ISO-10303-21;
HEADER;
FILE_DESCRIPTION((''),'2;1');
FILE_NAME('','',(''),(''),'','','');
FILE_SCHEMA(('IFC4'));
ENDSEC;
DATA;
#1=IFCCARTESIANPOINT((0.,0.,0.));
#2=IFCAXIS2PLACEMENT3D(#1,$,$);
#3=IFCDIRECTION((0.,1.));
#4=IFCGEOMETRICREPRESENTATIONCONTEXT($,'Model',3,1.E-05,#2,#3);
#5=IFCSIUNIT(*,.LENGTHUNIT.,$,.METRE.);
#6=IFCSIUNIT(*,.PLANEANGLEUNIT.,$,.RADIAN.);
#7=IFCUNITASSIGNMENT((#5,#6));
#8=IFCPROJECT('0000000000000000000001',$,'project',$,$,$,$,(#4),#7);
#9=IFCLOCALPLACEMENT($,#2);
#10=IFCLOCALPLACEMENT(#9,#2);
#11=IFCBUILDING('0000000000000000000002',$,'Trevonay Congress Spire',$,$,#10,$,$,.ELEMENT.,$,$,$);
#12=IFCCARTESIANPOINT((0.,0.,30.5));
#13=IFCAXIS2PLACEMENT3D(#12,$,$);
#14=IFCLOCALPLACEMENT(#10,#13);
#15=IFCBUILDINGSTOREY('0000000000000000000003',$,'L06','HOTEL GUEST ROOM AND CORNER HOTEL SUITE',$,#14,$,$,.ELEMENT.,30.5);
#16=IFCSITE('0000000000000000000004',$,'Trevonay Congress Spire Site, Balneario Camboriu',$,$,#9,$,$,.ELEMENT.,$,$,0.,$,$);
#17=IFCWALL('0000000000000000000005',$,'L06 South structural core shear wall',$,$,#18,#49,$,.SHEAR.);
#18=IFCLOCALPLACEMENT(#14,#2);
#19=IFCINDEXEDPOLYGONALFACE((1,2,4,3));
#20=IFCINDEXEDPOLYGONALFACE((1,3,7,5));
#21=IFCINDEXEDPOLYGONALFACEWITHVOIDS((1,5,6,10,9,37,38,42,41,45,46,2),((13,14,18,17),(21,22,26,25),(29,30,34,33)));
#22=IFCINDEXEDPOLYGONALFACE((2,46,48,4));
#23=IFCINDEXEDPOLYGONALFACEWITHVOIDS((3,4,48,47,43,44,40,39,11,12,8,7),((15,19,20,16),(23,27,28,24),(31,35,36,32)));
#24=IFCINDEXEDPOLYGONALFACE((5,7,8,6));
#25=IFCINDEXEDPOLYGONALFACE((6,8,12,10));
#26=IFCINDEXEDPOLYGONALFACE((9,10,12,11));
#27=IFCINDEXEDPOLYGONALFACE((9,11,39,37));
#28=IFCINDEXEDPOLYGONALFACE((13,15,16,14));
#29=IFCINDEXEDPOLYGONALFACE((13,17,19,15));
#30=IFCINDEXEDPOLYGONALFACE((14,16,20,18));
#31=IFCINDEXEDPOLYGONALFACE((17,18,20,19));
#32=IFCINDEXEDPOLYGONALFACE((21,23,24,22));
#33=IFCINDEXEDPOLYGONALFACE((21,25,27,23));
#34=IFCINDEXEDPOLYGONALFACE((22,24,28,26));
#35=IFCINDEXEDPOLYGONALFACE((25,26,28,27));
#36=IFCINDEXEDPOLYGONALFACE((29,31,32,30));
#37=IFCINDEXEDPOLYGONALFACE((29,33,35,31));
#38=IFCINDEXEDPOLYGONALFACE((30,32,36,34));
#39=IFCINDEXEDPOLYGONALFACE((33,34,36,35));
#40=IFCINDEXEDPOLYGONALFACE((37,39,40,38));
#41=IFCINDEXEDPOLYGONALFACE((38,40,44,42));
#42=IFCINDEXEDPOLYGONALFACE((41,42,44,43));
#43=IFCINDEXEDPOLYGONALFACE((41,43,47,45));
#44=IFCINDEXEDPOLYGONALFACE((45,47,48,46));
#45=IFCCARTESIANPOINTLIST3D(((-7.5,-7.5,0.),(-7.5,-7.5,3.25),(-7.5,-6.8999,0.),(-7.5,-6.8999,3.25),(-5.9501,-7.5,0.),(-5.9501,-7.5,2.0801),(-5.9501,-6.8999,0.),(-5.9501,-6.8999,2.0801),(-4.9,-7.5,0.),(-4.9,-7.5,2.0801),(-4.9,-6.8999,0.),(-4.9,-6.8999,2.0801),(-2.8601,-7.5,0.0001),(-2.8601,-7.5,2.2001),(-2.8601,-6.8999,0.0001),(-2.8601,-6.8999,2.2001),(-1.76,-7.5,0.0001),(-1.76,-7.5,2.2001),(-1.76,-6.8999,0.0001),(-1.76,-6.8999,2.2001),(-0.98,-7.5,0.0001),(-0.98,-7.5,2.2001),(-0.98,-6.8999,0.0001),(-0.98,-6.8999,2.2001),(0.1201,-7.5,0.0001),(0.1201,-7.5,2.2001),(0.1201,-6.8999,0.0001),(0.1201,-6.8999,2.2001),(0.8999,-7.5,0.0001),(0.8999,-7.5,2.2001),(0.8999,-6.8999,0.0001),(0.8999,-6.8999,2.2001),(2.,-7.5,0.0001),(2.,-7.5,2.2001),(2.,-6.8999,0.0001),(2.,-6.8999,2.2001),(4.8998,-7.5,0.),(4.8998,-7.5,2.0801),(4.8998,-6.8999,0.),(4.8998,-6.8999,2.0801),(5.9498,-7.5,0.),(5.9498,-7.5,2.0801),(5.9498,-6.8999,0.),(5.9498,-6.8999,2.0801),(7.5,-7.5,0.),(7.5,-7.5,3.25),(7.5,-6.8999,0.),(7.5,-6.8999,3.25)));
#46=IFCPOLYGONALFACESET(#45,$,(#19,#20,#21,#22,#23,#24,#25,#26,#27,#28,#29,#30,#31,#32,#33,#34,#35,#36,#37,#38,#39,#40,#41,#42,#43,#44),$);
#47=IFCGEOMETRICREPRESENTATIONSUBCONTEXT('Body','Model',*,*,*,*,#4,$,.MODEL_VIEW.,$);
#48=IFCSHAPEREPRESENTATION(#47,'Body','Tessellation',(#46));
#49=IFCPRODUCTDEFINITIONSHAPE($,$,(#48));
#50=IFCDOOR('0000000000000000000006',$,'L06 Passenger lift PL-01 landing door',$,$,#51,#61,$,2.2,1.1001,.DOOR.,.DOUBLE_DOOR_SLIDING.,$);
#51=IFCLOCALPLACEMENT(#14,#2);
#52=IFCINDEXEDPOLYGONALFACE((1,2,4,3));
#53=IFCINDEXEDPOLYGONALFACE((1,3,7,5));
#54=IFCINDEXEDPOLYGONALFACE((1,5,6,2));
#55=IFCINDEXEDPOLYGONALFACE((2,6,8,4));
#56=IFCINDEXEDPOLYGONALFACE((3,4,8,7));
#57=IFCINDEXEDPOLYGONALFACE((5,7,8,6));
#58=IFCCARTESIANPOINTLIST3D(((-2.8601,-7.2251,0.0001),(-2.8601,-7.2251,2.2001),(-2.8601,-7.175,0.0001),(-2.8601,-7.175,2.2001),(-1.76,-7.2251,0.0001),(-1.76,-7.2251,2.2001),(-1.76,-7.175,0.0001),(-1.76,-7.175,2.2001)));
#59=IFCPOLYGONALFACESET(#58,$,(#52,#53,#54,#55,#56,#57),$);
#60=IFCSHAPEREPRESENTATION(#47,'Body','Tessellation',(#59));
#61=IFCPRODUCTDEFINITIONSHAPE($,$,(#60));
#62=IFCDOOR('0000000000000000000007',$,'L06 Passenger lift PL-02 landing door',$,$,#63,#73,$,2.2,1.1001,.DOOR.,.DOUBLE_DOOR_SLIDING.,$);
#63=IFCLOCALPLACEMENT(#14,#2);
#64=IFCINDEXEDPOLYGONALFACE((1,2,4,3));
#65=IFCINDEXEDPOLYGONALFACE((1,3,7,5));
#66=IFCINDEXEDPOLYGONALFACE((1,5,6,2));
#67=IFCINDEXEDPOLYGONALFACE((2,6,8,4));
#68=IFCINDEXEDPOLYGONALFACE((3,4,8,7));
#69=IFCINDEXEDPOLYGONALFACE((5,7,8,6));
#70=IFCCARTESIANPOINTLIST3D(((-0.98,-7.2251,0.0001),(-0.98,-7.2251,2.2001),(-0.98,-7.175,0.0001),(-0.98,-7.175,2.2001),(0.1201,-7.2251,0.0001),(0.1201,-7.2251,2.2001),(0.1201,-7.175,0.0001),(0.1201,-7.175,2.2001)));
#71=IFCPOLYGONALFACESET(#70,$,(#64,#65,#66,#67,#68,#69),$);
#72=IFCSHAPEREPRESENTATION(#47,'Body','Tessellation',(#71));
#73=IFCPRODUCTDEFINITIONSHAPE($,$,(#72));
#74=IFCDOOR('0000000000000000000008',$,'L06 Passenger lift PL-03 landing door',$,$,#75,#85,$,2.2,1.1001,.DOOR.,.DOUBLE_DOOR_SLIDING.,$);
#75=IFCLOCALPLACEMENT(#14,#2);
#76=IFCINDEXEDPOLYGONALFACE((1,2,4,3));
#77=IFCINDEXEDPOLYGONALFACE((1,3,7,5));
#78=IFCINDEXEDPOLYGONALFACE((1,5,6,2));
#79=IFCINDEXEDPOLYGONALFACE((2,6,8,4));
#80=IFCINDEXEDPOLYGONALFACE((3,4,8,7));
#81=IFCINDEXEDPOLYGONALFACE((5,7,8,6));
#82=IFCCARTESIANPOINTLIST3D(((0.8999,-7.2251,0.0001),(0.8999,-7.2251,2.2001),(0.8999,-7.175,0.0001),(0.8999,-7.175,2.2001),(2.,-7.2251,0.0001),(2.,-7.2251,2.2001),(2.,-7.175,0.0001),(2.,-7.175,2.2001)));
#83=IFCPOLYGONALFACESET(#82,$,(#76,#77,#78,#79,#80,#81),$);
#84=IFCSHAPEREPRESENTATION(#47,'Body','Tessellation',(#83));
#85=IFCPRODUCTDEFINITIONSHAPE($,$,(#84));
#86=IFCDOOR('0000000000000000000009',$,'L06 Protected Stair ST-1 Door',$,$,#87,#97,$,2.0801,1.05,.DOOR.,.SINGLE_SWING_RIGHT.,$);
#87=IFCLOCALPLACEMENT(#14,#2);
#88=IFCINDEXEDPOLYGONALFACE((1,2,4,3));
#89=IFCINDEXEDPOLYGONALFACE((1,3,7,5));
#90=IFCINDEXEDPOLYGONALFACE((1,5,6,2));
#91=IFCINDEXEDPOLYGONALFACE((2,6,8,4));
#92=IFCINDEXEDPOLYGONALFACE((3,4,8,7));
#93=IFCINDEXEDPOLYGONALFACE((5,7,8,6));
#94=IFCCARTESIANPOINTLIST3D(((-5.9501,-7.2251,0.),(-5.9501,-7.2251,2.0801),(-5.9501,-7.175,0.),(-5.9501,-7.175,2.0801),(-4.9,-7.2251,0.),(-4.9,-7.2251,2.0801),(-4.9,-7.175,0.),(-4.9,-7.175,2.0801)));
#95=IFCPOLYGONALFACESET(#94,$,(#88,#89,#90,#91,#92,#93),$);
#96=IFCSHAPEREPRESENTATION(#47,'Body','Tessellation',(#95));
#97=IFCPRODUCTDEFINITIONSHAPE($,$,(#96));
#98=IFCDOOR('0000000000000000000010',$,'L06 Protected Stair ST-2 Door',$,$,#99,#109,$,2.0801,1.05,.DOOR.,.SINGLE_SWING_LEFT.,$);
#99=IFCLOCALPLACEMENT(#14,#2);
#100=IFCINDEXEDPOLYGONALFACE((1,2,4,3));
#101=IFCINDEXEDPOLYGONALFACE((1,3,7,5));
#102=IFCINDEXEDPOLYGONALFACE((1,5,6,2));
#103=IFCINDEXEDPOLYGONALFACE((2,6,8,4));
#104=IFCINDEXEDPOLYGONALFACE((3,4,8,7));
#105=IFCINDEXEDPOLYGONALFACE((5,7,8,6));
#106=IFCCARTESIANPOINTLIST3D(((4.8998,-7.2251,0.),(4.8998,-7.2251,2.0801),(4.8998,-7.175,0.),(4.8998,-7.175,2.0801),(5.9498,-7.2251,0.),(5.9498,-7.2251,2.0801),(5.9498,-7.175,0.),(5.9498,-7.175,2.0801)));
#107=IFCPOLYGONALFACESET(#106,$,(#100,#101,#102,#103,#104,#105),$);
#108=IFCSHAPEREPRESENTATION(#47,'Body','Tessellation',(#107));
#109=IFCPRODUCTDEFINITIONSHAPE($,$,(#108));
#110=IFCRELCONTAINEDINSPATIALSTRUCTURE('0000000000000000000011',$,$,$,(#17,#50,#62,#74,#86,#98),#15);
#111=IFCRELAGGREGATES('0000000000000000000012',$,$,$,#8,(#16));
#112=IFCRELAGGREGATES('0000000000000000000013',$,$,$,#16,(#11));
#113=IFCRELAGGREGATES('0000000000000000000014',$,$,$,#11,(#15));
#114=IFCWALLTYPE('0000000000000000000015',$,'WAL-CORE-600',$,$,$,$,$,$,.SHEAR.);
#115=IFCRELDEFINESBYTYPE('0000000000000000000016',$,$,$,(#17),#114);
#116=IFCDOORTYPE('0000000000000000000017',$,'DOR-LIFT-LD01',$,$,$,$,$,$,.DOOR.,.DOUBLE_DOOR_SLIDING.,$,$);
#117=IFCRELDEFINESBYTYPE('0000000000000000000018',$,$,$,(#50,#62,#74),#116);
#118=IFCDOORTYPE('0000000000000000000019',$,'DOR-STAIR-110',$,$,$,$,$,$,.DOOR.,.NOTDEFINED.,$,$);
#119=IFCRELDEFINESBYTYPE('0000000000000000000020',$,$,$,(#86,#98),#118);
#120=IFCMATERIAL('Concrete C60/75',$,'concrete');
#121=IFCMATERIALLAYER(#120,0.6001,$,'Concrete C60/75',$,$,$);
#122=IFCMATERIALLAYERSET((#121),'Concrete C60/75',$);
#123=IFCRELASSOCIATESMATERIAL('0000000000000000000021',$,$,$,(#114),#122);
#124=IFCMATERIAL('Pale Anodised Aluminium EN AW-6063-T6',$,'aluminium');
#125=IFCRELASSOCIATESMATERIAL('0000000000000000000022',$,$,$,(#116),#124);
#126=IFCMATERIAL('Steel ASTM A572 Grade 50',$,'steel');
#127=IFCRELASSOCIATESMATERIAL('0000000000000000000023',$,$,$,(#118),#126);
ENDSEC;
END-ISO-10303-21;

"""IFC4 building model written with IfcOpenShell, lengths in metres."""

from ifc_helpers import new_model, si_unit, direction, frame, frame_2d, origin, place, context, subcontext, project, spatial, rectangle, extrude, material, layer, layer_set, type_object, element, fill, save


model = new_model("IFC4")

# Units and contexts
model_context = context("Model", 3, precision=1e-05, world=origin(), true_north=direction((0.0, 1.0)))
body_context = subcontext(model_context, "Body", "Model", "MODEL_VIEW")
ifc_project = project(units=[si_unit("LENGTHUNIT", "METRE"), si_unit("PLANEANGLEUNIT", "RADIAN")], contexts=[model_context])

# Site, building, storey
site_placement = place(None, origin())
site = spatial("IfcSite", under=ifc_project, at=site_placement, Name="Trevonay Congress Spire Site, Balneario Camboriu", CompositionType="ELEMENT", RefElevation=0.0)
building_placement = place(site_placement, origin())
building = spatial("IfcBuilding", under=site, at=building_placement, Name="Trevonay Congress Spire", CompositionType="ELEMENT")
storey_placement = place(building_placement, frame((0.0, 0.0, 30.5)))
storey = spatial("IfcBuildingStorey", under=building, at=storey_placement, Name="L06", Description="HOTEL GUEST ROOM AND CORNER HOTEL SUITE", CompositionType="ELEMENT", Elevation=30.5)

# Shared definitions
ifc_material_1 = material(Name="Steel ASTM A572 Grade 50", Category="steel")

# Wall, openings, doors
ifc_material_2 = material(Name="Concrete C60/75", Category="concrete")
ifc_layer_1 = layer(ifc_material_2, 0.6001, Name="Concrete C60/75")
ifc_layer_set_1 = layer_set([ifc_layer_1], Name="Concrete C60/75")
wall_type_1 = type_object("IfcWallType", Name="WAL-CORE-600", PredefinedType="SHEAR", material=ifc_layer_set_1)
wall_1_placement = place(storey_placement, frame((-7.5, -7.2, 0.0), z_axis=(0.0, 0.0, 1.0), x_axis=(1.0, 0.0, 0.0)))
wall_1 = element("IfcWall", 1, at=wall_1_placement, inside=storey, type_object=wall_type_1, Name="L06 South structural core shear wall", PredefinedType="SHEAR", context=body_context, shape_type="SweptSolid", body=[
    extrude(rectangle(XDim=15.0, YDim=0.6001, at=frame_2d((7.5, 0.0))), origin(), (0.0, 0.0, 1.0), 3.25),
])
opening_1_placement = place(wall_1_placement, frame((1.55, 0.0, 0.0)))
opening_1 = element("IfcOpeningElement", 2, at=opening_1_placement, cuts=wall_1, PredefinedType="OPENING", context=body_context, shape_type="SweptSolid", body=[
    extrude(rectangle(XDim=1.05, YDim=2.0801, at=frame_2d((0.5249, 1.04))), frame((0.0, 0.3101, 0.0), z_axis=(0.0, -1.0, 0.0), x_axis=(1.0, 0.0, 0.0)), (0.0, 0.0, 1.0), 0.6201),
])
opening_2_placement = place(wall_1_placement, frame((12.3999, 0.0, 0.0)))
opening_2 = element("IfcOpeningElement", 3, at=opening_2_placement, cuts=wall_1, PredefinedType="OPENING", context=body_context, shape_type="SweptSolid", body=[
    extrude(rectangle(XDim=1.05, YDim=2.0801, at=frame_2d((0.5249, 1.04))), frame((0.0, 0.3101, 0.0), z_axis=(0.0, -1.0, 0.0), x_axis=(1.0, 0.0, 0.0)), (0.0, 0.0, 1.0), 0.6201),
])
opening_3_placement = place(wall_1_placement, frame((4.6399, 0.0, 0.0)))
opening_3 = element("IfcOpeningElement", 4, at=opening_3_placement, cuts=wall_1, PredefinedType="OPENING", context=body_context, shape_type="SweptSolid", body=[
    extrude(rectangle(XDim=1.1001, YDim=2.2, at=frame_2d((0.55, 1.1001))), frame((0.0, 0.3101, 0.0), z_axis=(0.0, -1.0, 0.0), x_axis=(1.0, 0.0, 0.0)), (0.0, 0.0, 1.0), 0.6201),
])
opening_4_placement = place(wall_1_placement, frame((6.52, 0.0, 0.0)))
opening_4 = element("IfcOpeningElement", 5, at=opening_4_placement, cuts=wall_1, PredefinedType="OPENING", context=body_context, shape_type="SweptSolid", body=[
    extrude(rectangle(XDim=1.1001, YDim=2.2, at=frame_2d((0.55, 1.1001))), frame((0.0, 0.3101, 0.0), z_axis=(0.0, -1.0, 0.0), x_axis=(1.0, 0.0, 0.0)), (0.0, 0.0, 1.0), 0.6201),
])
opening_5_placement = place(wall_1_placement, frame((8.3999, 0.0, 0.0)))
opening_5 = element("IfcOpeningElement", 6, at=opening_5_placement, cuts=wall_1, PredefinedType="OPENING", context=body_context, shape_type="SweptSolid", body=[
    extrude(rectangle(XDim=1.1001, YDim=2.2, at=frame_2d((0.55, 1.1001))), frame((0.0, 0.3101, 0.0), z_axis=(0.0, -1.0, 0.0), x_axis=(1.0, 0.0, 0.0)), (0.0, 0.0, 1.0), 0.6201),
])
ifc_material_3 = material(Name="Pale Anodised Aluminium EN AW-6063-T6", Category="aluminium")
door_type_1 = type_object("IfcDoorType", Name="DOR-LIFT-LD01", OperationType="DOUBLE_DOOR_SLIDING", PredefinedType="DOOR", material=ifc_material_3)
door_1_placement = place(opening_3_placement, origin())
door_1 = element("IfcDoor", 7, at=door_1_placement, inside=storey, type_object=door_type_1, Name="L06 Passenger lift PL-01 landing door", OperationType="DOUBLE_DOOR_SLIDING", OverallHeight=2.2, OverallWidth=1.1001, PredefinedType="DOOR", context=body_context, shape_type="SweptSolid", body=[
    extrude(rectangle(XDim=1.1001, YDim=2.2, at=frame_2d((0.55, 1.1001))), frame((0.0, 0.0249, 0.0), z_axis=(0.0, -1.0, 0.0), x_axis=(1.0, 0.0, 0.0)), (0.0, 0.0, 1.0), 0.05),
])
fill(opening_3, door_1)
door_2_placement = place(opening_4_placement, origin())
door_2 = element("IfcDoor", 8, at=door_2_placement, inside=storey, type_object=door_type_1, Name="L06 Passenger lift PL-02 landing door", OperationType="DOUBLE_DOOR_SLIDING", OverallHeight=2.2, OverallWidth=1.1001, PredefinedType="DOOR", context=body_context, shape_type="SweptSolid", body=[
    extrude(rectangle(XDim=1.1001, YDim=2.2, at=frame_2d((0.55, 1.1001))), frame((0.0, 0.0249, 0.0), z_axis=(0.0, -1.0, 0.0), x_axis=(1.0, 0.0, 0.0)), (0.0, 0.0, 1.0), 0.05),
])
fill(opening_4, door_2)
door_3_placement = place(opening_5_placement, origin())
door_3 = element("IfcDoor", 9, at=door_3_placement, inside=storey, type_object=door_type_1, Name="L06 Passenger lift PL-03 landing door", OperationType="DOUBLE_DOOR_SLIDING", OverallHeight=2.2, OverallWidth=1.1001, PredefinedType="DOOR", context=body_context, shape_type="SweptSolid", body=[
    extrude(rectangle(XDim=1.1001, YDim=2.2, at=frame_2d((0.55, 1.1001))), frame((0.0, 0.0249, 0.0), z_axis=(0.0, -1.0, 0.0), x_axis=(1.0, 0.0, 0.0)), (0.0, 0.0, 1.0), 0.05),
])
fill(opening_5, door_3)
door_type_2 = type_object("IfcDoorType", Name="DOR-STAIR-110", OperationType="NOTDEFINED", PredefinedType="DOOR", material=ifc_material_1)
door_4_placement = place(opening_1_placement, origin())
door_4 = element("IfcDoor", 10, at=door_4_placement, inside=storey, type_object=door_type_2, Name="L06 Protected Stair ST-1 Door", OperationType="SINGLE_SWING_RIGHT", OverallHeight=2.0801, OverallWidth=1.05, PredefinedType="DOOR", context=body_context, shape_type="SweptSolid", body=[
    extrude(rectangle(XDim=1.05, YDim=2.0801, at=frame_2d((0.5249, 1.04))), frame((0.0, 0.0249, 0.0), z_axis=(0.0, -1.0, 0.0), x_axis=(1.0, 0.0, 0.0)), (0.0, 0.0, 1.0), 0.05),
])
fill(opening_1, door_4)
door_5_placement = place(opening_2_placement, origin())
door_5 = element("IfcDoor", 11, at=door_5_placement, inside=storey, type_object=door_type_2, Name="L06 Protected Stair ST-2 Door", OperationType="SINGLE_SWING_LEFT", OverallHeight=2.0801, OverallWidth=1.05, PredefinedType="DOOR", context=body_context, shape_type="SweptSolid", body=[
    extrude(rectangle(XDim=1.05, YDim=2.0801, at=frame_2d((0.5249, 1.04))), frame((0.0, 0.0249, 0.0), z_axis=(0.0, -1.0, 0.0), x_axis=(1.0, 0.0, 0.0)), (0.0, 0.0, 1.0), 0.05),
])
fill(opening_2, door_5)

save(model, "model.ifc")
